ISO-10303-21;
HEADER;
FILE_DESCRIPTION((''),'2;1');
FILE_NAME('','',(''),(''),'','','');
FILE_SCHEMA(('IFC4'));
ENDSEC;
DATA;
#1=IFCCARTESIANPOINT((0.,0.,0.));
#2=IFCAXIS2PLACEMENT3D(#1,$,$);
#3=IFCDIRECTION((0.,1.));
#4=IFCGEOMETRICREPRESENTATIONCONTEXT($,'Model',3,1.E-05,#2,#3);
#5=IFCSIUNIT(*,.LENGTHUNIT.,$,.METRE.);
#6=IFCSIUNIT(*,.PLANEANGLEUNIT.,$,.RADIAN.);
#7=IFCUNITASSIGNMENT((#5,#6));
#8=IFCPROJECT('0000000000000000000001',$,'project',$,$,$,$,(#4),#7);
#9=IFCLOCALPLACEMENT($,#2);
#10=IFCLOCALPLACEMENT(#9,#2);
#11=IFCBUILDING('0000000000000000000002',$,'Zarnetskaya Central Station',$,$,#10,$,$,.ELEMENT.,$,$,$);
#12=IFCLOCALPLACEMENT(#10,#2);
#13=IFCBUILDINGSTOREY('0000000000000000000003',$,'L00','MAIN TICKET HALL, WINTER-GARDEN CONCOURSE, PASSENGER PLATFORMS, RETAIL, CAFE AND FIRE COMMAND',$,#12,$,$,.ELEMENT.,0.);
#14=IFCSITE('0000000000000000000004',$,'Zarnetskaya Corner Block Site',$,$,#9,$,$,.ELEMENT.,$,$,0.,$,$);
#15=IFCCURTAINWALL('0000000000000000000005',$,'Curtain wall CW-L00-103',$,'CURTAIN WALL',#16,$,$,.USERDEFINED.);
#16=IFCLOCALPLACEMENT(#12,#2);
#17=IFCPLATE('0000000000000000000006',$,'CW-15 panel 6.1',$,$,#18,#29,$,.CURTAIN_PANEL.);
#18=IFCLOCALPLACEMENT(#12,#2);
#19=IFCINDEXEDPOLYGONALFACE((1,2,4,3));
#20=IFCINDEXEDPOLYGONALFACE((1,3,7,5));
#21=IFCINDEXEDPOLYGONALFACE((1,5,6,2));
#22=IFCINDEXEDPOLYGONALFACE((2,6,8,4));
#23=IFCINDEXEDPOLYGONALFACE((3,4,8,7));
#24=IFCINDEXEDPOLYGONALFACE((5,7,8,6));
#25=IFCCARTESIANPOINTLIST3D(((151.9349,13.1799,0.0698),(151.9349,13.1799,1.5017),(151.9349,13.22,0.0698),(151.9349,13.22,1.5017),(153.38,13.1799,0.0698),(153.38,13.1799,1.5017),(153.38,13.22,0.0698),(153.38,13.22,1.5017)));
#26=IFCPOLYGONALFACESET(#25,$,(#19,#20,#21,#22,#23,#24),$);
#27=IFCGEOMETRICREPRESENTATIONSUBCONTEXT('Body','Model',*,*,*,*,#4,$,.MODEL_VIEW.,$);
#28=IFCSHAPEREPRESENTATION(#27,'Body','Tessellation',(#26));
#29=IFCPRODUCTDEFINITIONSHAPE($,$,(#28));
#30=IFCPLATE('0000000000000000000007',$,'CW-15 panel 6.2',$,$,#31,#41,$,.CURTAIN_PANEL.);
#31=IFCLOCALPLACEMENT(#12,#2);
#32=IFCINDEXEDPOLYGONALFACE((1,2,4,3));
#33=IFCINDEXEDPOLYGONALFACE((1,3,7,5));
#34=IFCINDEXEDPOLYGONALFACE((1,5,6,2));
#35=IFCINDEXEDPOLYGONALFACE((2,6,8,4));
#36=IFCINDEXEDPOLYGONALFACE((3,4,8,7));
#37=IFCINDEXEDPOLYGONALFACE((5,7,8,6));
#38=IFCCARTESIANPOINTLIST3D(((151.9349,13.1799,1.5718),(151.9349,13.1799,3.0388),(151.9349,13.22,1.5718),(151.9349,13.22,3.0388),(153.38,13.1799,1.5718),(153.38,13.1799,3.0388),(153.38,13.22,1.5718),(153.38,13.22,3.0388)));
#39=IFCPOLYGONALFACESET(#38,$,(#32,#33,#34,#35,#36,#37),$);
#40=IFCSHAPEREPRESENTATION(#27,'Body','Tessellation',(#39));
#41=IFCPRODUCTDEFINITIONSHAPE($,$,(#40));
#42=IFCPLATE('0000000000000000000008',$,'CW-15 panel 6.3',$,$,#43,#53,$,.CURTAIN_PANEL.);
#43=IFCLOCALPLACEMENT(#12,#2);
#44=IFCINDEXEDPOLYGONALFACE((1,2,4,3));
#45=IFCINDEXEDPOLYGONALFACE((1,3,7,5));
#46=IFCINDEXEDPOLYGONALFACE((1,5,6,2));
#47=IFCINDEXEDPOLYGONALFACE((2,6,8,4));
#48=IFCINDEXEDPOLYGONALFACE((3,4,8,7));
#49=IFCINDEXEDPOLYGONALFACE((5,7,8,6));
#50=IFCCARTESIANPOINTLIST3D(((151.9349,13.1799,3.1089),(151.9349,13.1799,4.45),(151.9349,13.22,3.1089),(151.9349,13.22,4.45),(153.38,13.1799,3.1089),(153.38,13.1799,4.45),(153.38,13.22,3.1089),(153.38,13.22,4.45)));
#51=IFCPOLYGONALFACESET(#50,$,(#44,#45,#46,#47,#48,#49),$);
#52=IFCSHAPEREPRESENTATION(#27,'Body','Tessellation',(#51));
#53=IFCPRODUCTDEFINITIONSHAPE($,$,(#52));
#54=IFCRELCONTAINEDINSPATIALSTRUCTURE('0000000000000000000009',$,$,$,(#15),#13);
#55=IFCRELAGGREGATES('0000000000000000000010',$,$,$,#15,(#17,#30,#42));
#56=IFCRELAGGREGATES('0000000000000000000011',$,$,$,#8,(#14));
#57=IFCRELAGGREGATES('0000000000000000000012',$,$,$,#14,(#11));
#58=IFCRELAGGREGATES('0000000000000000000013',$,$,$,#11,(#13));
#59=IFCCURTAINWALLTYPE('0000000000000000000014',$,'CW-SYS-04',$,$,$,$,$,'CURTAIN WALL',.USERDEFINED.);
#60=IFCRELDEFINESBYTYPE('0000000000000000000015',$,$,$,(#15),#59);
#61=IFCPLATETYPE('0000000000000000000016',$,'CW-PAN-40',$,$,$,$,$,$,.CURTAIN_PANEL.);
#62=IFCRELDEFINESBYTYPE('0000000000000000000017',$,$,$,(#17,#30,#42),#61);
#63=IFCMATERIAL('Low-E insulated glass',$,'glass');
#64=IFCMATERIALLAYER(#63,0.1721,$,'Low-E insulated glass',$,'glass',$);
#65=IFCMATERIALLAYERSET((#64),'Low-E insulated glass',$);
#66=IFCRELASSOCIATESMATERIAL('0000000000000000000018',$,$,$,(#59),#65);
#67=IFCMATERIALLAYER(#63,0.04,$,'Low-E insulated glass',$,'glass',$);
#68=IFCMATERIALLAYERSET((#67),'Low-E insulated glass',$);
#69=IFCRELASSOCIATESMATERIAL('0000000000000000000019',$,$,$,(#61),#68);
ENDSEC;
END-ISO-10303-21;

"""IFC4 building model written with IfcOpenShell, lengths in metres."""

from ifc_helpers import new_model, si_unit, direction, frame, origin, origin_2d, place, context, subcontext, project, spatial, rectangle, extrude, material, layer, layer_set, type_object, element, aggregate, save


model = new_model("IFC4")

# Units and contexts
model_context = context("Model", 3, precision=1e-05, world=origin(), true_north=direction((0.0, 1.0)))
body_context = subcontext(model_context, "Body", "Model", "MODEL_VIEW")
ifc_project = project(units=[si_unit("LENGTHUNIT", "METRE"), si_unit("PLANEANGLEUNIT", "RADIAN")], contexts=[model_context])

# Site, building, storey
site_placement = place(None, origin())
site = spatial("IfcSite", under=ifc_project, at=site_placement, Name="Zarnetskaya Corner Block Site", CompositionType="ELEMENT", RefElevation=0.0)
building_placement = place(site_placement, origin())
building = spatial("IfcBuilding", under=site, at=building_placement, Name="Zarnetskaya Central Station", CompositionType="ELEMENT")
storey_placement = place(building_placement, origin())
storey = spatial("IfcBuildingStorey", under=building, at=storey_placement, Name="L00", Description="MAIN TICKET HALL, WINTER-GARDEN CONCOURSE, PASSENGER PLATFORMS, RETAIL, CAFE AND FIRE COMMAND", CompositionType="ELEMENT", Elevation=0.0)

# Curtain wall
ifc_material_1 = material(Name="Low-E insulated glass", Category="glass")
ifc_layer_1 = layer(ifc_material_1, 0.1721, Name="Low-E insulated glass", Category="glass")
ifc_layer_set_1 = layer_set([ifc_layer_1], Name="Low-E insulated glass")
curtain_wall_type = type_object("IfcCurtainWallType", Name="CW-SYS-04", ElementType="CURTAIN WALL", PredefinedType="USERDEFINED", material=ifc_layer_set_1)
curtain_wall_1_placement = place(storey_placement, origin())
curtain_wall_1 = element("IfcCurtainWall", 1, at=curtain_wall_1_placement, inside=storey, type_object=curtain_wall_type, Name="Curtain wall CW-L00-103", ObjectType="CURTAIN WALL", PredefinedType="USERDEFINED")

# Plates
ifc_layer_2 = layer(ifc_material_1, 0.04, Name="Low-E insulated glass", Category="glass")
ifc_layer_set_2 = layer_set([ifc_layer_2], Name="Low-E insulated glass")
plate_type = type_object("IfcPlateType", Name="CW-PAN-40", PredefinedType="CURTAIN_PANEL", material=ifc_layer_set_2)
plate_1_placement = place(storey_placement, frame((152.6575, 13.2, 0.0698), z_axis=(0.0, 0.0, 1.0), x_axis=(1.0, 0.0, 0.0)))
plate_1 = element("IfcPlate", 2, at=plate_1_placement, type_object=plate_type, Name="CW-15 panel 6.1", PredefinedType="CURTAIN_PANEL", context=body_context, shape_type="SweptSolid", body=[
    extrude(rectangle(XDim=1.4451, YDim=0.04, at=origin_2d()), origin(), (0.0, 0.0, 1.0), 1.4319),
])
plate_2_placement = place(storey_placement, frame((152.6575, 13.2, 1.5718), z_axis=(0.0, 0.0, 1.0), x_axis=(1.0, 0.0, 0.0)))
plate_2 = element("IfcPlate", 3, at=plate_2_placement, type_object=plate_type, Name="CW-15 panel 6.2", PredefinedType="CURTAIN_PANEL", context=body_context, shape_type="SweptSolid", body=[
    extrude(rectangle(XDim=1.4451, YDim=0.04, at=origin_2d()), origin(), (0.0, 0.0, 1.0), 1.467),
])
plate_3_placement = place(storey_placement, frame((152.6575, 13.2, 3.1089), z_axis=(0.0, 0.0, 1.0), x_axis=(1.0, 0.0, 0.0)))
plate_3 = element("IfcPlate", 4, at=plate_3_placement, type_object=plate_type, Name="CW-15 panel 6.3", PredefinedType="CURTAIN_PANEL", context=body_context, shape_type="SweptSolid", body=[
    extrude(rectangle(XDim=1.4451, YDim=0.04, at=origin_2d()), origin(), (0.0, 0.0, 1.0), 1.3411),
])
aggregate(curtain_wall_1, [plate_1, plate_2, plate_3])

save(model, "model.ifc")
